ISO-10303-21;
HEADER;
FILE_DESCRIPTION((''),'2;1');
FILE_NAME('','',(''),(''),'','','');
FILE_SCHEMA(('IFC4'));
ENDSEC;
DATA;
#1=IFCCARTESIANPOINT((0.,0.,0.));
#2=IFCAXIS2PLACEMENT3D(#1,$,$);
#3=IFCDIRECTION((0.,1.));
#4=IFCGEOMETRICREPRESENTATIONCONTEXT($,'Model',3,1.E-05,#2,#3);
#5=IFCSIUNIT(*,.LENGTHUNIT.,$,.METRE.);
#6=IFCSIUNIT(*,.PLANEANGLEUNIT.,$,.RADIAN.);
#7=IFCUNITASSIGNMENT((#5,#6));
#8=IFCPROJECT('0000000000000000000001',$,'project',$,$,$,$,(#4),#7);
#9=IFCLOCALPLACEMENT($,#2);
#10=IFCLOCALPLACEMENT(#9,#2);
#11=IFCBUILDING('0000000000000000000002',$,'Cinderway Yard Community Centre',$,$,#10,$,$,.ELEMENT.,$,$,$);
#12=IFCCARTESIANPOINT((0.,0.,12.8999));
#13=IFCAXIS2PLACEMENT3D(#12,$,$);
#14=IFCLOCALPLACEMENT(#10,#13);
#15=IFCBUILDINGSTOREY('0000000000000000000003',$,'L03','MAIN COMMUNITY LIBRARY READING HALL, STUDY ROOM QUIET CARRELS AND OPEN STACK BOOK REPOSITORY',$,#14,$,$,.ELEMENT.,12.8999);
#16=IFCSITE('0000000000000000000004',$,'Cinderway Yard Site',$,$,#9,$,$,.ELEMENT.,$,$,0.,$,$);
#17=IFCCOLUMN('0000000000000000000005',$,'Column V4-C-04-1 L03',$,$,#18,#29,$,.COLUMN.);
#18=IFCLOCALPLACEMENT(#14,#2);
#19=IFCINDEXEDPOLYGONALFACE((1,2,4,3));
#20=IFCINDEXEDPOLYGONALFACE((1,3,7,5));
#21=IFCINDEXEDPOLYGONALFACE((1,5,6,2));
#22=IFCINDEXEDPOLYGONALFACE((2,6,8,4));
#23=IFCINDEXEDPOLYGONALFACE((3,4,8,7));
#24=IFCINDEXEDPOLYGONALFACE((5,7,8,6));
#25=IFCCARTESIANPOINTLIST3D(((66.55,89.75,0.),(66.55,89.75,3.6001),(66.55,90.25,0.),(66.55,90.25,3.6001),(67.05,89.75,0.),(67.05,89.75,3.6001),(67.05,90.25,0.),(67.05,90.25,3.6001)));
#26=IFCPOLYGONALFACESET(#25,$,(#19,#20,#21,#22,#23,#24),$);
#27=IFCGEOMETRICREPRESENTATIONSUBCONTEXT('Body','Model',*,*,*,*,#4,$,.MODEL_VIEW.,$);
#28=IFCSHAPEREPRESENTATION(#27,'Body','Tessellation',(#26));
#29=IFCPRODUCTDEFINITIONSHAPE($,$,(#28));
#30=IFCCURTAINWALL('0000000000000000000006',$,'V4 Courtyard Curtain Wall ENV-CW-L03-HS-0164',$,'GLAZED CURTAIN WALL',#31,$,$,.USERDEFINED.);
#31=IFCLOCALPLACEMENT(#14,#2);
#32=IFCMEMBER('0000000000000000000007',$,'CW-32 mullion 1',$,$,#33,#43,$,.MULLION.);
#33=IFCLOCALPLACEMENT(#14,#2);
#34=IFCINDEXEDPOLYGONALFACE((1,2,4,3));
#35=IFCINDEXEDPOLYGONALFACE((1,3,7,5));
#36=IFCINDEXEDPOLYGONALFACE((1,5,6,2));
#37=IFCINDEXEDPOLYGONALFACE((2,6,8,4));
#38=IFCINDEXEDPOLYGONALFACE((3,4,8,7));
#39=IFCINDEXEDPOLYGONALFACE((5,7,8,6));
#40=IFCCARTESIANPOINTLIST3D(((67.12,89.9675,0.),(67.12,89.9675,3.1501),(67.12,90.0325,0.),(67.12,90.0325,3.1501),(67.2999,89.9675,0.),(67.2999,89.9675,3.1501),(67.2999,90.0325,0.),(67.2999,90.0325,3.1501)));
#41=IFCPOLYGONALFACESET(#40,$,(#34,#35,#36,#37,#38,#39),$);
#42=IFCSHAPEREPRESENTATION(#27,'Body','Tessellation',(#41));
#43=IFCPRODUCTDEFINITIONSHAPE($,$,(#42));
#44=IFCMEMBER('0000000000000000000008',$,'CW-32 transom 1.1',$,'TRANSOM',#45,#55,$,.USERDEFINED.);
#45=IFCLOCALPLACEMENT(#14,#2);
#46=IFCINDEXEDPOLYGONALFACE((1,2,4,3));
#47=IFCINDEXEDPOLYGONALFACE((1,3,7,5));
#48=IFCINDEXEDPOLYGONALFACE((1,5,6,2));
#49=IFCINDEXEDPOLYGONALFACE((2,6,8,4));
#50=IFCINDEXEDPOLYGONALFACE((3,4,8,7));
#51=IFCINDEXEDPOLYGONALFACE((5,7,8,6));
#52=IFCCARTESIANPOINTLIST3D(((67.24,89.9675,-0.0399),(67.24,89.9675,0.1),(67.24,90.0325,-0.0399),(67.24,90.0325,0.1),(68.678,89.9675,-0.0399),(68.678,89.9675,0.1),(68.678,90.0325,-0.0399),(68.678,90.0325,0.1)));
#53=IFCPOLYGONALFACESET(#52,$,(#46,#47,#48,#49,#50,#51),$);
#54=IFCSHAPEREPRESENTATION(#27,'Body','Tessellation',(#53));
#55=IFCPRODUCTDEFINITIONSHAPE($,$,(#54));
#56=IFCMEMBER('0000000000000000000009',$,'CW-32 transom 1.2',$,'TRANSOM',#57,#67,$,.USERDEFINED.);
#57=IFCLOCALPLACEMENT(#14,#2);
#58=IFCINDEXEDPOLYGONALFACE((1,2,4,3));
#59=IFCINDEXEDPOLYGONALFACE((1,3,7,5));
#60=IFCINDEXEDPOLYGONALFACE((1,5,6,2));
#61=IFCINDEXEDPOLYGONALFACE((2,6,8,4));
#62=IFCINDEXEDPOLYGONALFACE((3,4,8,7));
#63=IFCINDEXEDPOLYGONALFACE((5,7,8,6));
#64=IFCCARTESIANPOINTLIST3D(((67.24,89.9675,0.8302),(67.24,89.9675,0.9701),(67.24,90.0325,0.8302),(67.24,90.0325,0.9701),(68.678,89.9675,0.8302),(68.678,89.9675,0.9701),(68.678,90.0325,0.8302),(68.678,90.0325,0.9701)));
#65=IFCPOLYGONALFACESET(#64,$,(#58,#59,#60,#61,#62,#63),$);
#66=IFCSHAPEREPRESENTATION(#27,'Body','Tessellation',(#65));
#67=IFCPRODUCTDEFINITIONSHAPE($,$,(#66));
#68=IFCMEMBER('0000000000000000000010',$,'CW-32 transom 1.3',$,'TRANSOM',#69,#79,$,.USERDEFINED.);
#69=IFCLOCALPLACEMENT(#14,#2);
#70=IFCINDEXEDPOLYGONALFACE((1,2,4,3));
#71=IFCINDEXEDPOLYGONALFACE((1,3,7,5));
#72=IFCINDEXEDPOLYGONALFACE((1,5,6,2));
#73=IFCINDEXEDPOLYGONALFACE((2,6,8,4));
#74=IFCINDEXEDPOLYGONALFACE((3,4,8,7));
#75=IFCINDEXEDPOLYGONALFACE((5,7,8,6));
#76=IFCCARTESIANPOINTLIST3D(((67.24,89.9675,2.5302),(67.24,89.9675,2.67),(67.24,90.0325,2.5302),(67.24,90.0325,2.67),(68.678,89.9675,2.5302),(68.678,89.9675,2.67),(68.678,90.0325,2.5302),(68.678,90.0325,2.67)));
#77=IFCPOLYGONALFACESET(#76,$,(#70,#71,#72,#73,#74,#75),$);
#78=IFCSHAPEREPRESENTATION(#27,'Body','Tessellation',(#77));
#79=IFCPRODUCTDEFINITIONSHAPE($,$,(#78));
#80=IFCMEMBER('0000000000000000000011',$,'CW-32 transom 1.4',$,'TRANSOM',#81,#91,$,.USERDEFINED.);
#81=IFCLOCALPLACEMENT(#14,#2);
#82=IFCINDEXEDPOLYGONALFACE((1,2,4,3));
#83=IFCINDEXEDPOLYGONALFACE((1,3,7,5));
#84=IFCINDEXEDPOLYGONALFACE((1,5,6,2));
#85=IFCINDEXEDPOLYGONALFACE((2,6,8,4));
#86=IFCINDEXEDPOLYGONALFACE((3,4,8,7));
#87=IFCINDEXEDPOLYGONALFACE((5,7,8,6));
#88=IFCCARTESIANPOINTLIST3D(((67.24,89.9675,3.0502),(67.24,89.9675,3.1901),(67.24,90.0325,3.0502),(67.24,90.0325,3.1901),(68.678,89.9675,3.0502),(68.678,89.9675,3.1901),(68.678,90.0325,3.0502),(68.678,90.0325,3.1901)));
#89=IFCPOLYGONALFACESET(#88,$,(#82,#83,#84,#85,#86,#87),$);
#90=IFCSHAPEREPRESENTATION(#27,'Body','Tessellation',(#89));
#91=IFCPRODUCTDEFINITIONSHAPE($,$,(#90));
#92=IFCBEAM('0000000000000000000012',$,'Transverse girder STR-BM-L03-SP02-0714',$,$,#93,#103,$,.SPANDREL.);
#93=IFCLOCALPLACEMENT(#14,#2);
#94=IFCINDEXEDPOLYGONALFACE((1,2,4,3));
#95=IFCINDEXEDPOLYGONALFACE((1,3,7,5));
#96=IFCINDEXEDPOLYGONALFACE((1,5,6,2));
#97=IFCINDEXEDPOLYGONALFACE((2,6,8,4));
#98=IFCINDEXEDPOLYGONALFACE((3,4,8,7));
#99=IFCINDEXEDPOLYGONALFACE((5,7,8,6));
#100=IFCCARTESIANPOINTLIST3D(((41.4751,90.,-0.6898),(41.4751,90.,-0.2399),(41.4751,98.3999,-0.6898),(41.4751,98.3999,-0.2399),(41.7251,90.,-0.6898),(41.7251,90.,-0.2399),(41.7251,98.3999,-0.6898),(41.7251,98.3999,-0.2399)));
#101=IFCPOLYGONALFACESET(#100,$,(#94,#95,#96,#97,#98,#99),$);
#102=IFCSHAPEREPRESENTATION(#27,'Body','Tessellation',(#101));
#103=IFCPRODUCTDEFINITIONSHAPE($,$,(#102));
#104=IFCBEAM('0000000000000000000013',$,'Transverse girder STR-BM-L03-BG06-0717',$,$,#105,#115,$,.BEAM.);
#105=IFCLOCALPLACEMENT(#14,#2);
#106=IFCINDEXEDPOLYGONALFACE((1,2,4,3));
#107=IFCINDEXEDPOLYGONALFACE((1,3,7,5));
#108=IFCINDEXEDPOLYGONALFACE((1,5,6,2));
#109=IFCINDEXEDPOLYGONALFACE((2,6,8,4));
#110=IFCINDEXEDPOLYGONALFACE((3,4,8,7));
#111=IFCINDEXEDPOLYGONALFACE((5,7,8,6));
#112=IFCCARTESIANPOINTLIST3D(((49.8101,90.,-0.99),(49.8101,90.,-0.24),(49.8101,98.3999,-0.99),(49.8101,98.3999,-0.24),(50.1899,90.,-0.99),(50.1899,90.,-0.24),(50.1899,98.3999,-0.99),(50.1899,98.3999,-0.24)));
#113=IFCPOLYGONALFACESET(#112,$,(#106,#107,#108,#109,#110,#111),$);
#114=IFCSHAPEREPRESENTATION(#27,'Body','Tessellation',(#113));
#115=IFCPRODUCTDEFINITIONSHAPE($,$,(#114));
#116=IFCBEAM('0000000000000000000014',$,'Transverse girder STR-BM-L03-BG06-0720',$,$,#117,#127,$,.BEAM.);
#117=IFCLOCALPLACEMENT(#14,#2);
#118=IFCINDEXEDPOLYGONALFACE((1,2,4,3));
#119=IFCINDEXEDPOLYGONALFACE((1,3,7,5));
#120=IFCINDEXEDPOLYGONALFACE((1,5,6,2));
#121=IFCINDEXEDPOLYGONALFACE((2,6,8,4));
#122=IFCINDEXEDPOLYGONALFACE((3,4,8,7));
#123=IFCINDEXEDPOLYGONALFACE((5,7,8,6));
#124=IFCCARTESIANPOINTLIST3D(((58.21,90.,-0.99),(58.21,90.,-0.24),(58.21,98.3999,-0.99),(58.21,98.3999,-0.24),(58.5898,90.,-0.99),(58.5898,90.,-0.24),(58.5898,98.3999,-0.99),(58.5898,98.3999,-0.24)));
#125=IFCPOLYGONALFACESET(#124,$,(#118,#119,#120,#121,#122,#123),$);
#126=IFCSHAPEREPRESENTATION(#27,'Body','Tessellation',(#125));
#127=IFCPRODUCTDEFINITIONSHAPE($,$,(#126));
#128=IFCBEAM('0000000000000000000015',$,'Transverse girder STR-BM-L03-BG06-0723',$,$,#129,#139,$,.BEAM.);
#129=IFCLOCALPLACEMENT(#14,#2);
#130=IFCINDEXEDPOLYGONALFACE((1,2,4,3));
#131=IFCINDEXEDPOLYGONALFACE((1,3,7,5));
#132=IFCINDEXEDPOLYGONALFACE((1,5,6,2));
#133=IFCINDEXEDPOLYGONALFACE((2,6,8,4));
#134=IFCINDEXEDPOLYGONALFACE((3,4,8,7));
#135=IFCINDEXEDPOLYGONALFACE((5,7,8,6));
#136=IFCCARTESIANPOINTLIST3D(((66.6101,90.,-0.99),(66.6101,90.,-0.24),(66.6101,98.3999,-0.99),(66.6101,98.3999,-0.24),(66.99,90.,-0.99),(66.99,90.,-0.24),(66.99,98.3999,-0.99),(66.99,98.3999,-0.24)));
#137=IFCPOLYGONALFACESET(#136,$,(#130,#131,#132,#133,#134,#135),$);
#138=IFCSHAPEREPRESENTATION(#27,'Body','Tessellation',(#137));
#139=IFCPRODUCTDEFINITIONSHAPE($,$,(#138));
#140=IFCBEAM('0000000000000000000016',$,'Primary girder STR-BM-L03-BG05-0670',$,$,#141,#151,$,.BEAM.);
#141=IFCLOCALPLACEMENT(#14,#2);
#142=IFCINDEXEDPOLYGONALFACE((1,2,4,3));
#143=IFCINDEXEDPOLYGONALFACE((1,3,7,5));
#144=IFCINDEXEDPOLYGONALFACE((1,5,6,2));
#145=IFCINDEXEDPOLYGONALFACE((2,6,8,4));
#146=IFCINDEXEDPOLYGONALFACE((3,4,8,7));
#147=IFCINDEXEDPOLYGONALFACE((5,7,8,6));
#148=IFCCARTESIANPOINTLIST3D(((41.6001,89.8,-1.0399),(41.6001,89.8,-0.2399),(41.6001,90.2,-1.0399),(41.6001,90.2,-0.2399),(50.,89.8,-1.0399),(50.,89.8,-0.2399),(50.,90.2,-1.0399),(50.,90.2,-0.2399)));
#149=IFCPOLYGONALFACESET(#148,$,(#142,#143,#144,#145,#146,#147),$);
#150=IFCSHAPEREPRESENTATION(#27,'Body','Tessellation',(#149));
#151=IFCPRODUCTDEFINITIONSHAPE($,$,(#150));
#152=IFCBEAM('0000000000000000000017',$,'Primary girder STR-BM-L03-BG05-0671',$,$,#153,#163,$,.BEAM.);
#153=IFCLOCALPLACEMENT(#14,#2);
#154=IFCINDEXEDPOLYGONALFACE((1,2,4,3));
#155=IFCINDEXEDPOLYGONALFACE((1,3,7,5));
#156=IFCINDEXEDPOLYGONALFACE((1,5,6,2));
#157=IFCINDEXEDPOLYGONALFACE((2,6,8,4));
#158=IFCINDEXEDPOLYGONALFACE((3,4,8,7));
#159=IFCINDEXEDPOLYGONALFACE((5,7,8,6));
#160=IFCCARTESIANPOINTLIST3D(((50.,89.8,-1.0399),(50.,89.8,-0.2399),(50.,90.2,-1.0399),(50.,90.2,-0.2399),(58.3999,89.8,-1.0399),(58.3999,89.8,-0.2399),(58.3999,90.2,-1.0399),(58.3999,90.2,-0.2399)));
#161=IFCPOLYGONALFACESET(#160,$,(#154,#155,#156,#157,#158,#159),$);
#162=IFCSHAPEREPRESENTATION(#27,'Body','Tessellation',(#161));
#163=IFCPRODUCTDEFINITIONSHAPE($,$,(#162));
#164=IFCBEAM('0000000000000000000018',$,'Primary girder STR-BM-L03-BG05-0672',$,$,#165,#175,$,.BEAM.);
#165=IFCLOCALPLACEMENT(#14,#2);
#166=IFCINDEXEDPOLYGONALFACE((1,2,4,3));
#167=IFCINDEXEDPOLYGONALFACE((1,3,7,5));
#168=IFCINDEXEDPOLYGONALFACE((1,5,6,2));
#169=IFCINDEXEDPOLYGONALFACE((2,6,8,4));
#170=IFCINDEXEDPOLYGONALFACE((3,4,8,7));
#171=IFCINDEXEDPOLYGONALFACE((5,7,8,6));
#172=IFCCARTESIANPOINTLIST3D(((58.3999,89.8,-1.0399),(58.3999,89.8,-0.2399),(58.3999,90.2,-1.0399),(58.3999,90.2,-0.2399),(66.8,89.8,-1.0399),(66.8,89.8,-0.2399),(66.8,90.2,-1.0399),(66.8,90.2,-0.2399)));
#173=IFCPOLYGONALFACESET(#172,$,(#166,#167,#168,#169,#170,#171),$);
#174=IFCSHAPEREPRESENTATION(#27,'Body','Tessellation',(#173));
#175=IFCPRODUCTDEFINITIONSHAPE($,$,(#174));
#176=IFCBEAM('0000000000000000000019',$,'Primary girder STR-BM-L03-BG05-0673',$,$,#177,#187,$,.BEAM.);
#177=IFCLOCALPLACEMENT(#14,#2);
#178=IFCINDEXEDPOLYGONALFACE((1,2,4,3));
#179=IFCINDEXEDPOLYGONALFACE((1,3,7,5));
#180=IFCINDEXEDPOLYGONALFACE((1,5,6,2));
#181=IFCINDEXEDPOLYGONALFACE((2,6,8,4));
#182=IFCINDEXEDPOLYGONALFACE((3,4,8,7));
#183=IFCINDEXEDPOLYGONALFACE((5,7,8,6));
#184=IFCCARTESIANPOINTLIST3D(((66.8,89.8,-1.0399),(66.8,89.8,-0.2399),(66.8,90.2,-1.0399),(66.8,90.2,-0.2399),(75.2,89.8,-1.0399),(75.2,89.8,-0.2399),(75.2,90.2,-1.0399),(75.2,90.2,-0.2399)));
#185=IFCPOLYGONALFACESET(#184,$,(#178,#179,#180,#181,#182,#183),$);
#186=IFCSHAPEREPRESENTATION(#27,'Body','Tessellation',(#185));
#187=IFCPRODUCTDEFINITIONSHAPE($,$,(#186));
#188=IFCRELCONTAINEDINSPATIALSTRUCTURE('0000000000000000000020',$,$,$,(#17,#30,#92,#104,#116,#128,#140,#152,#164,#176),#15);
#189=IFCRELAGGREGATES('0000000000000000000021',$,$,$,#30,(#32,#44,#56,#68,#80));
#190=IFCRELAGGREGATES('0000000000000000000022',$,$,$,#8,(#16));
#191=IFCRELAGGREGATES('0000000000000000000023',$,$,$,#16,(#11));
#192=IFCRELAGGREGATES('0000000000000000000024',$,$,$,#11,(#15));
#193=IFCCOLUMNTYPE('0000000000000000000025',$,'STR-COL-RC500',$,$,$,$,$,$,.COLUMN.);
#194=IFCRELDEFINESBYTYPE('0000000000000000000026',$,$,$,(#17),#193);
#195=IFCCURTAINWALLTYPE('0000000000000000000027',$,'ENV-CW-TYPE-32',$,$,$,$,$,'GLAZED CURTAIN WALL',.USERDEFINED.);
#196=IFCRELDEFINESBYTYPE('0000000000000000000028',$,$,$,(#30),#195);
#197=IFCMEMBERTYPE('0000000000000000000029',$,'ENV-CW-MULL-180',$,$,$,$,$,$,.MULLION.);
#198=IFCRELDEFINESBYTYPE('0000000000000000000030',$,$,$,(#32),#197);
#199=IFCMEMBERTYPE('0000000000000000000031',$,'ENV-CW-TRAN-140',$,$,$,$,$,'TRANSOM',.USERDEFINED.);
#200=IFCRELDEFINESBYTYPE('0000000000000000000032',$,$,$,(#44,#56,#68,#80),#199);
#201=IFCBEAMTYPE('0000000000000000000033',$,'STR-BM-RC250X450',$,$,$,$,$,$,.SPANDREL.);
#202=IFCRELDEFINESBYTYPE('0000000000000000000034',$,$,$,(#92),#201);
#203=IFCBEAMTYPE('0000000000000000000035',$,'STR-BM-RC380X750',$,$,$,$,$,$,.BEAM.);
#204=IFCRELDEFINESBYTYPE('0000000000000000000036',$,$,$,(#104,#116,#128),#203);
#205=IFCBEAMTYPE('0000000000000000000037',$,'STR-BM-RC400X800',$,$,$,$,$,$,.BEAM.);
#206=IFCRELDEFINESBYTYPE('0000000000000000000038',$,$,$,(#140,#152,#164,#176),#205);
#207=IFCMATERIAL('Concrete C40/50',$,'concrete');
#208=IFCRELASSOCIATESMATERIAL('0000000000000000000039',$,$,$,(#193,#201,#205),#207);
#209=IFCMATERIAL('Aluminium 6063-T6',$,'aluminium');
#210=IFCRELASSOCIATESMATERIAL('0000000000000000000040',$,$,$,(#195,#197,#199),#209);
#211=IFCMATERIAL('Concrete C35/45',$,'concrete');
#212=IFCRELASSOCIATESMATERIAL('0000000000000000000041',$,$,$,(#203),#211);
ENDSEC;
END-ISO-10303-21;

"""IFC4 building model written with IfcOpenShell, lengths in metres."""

from ifc_helpers import new_model, si_unit, direction, frame, origin, origin_2d, place, context, subcontext, project, spatial, rectangle, extrude, material, material_profile, profile_set, type_object, element, aggregate, save


model = new_model("IFC4")

# Units and contexts
model_context = context("Model", 3, precision=1e-05, world=origin(), true_north=direction((0.0, 1.0)))
body_context = subcontext(model_context, "Body", "Model", "MODEL_VIEW")
ifc_project = project(units=[si_unit("LENGTHUNIT", "METRE"), si_unit("PLANEANGLEUNIT", "RADIAN")], contexts=[model_context])

# Site, building, storey
site_placement = place(None, origin())
site = spatial("IfcSite", under=ifc_project, at=site_placement, Name="Cinderway Yard Site", CompositionType="ELEMENT", RefElevation=0.0)
building_placement = place(site_placement, origin())
building = spatial("IfcBuilding", under=site, at=building_placement, Name="Cinderway Yard Community Centre", CompositionType="ELEMENT")
storey_placement = place(building_placement, frame((0.0, 0.0, 12.8999)))
storey = spatial("IfcBuildingStorey", under=building, at=storey_placement, Name="L03", Description="MAIN COMMUNITY LIBRARY READING HALL, STUDY ROOM QUIET CARRELS AND OPEN STACK BOOK REPOSITORY", CompositionType="ELEMENT", Elevation=12.8999)

# Column
ifc_material_1 = material(Name="Concrete C40/50", Category="concrete")
ifc_material_profile_1 = material_profile(ifc_material_1, rectangle(XDim=0.5, YDim=0.5, at=origin_2d()), Name="Concrete C40/50")
ifc_profile_set_1 = profile_set([ifc_material_profile_1], Name="Concrete C40/50")
column_type = type_object("IfcColumnType", Name="STR-COL-RC500", PredefinedType="COLUMN", material=ifc_profile_set_1)
column_placement = place(storey_placement, frame((66.8, 90.0, 0.0), z_axis=(0.0, 0.0, 1.0), x_axis=(1.0, 0.0, 0.0)))
element("IfcColumn", 1, at=column_placement, inside=storey, type_object=column_type, Name="Column V4-C-04-1 L03", PredefinedType="COLUMN", context=body_context, shape_type="SweptSolid", body=[
    extrude(rectangle(XDim=0.5, YDim=0.5, at=origin_2d()), origin(), (0.0, 0.0, 1.0), 3.6001),
])

# Curtain wall, members
ifc_material_2 = material(Name="Aluminium 6063-T6", Category="aluminium")
curtain_wall_type = type_object("IfcCurtainWallType", Name="ENV-CW-TYPE-32", ElementType="GLAZED CURTAIN WALL", PredefinedType="USERDEFINED", material=ifc_material_2)
curtain_wall_placement = place(storey_placement, origin())
curtain_wall = element("IfcCurtainWall", 2, at=curtain_wall_placement, inside=storey, type_object=curtain_wall_type, Name="V4 Courtyard Curtain Wall ENV-CW-L03-HS-0164", ObjectType="GLAZED CURTAIN WALL", PredefinedType="USERDEFINED")
ifc_material_profile_2 = material_profile(ifc_material_2, rectangle(XDim=0.0649, YDim=0.1799, at=origin_2d()), Name="Aluminium 6063-T6")
ifc_profile_set_2 = profile_set([ifc_material_profile_2], Name="Aluminium 6063-T6")
member_type_1 = type_object("IfcMemberType", Name="ENV-CW-MULL-180", PredefinedType="MULLION", material=ifc_profile_set_2)
member_1_placement = place(storey_placement, frame((67.21, 90.0, 0.0), z_axis=(0.0, 0.0, 1.0), x_axis=(0.0, 1.0, 0.0)))
member_1 = element("IfcMember", 3, at=member_1_placement, type_object=member_type_1, Name="CW-32 mullion 1", PredefinedType="MULLION", context=body_context, shape_type="SweptSolid", body=[
    extrude(rectangle(XDim=0.0649, YDim=0.1799, at=origin_2d()), origin(), (0.0, 0.0, 1.0), 3.1501),
])
ifc_material_profile_3 = material_profile(ifc_material_2, rectangle(XDim=0.0649, YDim=0.1399, at=origin_2d()), Name="Aluminium 6063-T6")
ifc_profile_set_3 = profile_set([ifc_material_profile_3], Name="Aluminium 6063-T6")
member_type_2 = type_object("IfcMemberType", Name="ENV-CW-TRAN-140", ElementType="TRANSOM", PredefinedType="USERDEFINED", material=ifc_profile_set_3)
member_2_placement = place(storey_placement, frame((67.24, 90.0, 0.03), z_axis=(1.0, 0.0, 0.0), x_axis=(0.0, 1.0, 0.0)))
member_2 = element("IfcMember", 4, at=member_2_placement, type_object=member_type_2, Name="CW-32 transom 1.1", ObjectType="TRANSOM", PredefinedType="USERDEFINED", context=body_context, shape_type="SweptSolid", body=[
    extrude(rectangle(XDim=0.0649, YDim=0.1399, at=origin_2d()), origin(), (0.0, 0.0, 1.0), 1.438),
])
member_3_placement = place(storey_placement, frame((67.24, 90.0, 0.9001), z_axis=(1.0, 0.0, 0.0), x_axis=(0.0, 1.0, 0.0)))
member_3 = element("IfcMember", 5, at=member_3_placement, type_object=member_type_2, Name="CW-32 transom 1.2", ObjectType="TRANSOM", PredefinedType="USERDEFINED", context=body_context, shape_type="SweptSolid", body=[
    extrude(rectangle(XDim=0.0649, YDim=0.1399, at=origin_2d()), origin(), (0.0, 0.0, 1.0), 1.438),
])
member_4_placement = place(storey_placement, frame((67.24, 90.0, 2.6001), z_axis=(1.0, 0.0, 0.0), x_axis=(0.0, 1.0, 0.0)))
member_4 = element("IfcMember", 6, at=member_4_placement, type_object=member_type_2, Name="CW-32 transom 1.3", ObjectType="TRANSOM", PredefinedType="USERDEFINED", context=body_context, shape_type="SweptSolid", body=[
    extrude(rectangle(XDim=0.0649, YDim=0.1399, at=origin_2d()), origin(), (0.0, 0.0, 1.0), 1.438),
])
member_5_placement = place(storey_placement, frame((67.24, 90.0, 3.1201), z_axis=(1.0, 0.0, 0.0), x_axis=(0.0, 1.0, 0.0)))
member_5 = element("IfcMember", 7, at=member_5_placement, type_object=member_type_2, Name="CW-32 transom 1.4", ObjectType="TRANSOM", PredefinedType="USERDEFINED", context=body_context, shape_type="SweptSolid", body=[
    extrude(rectangle(XDim=0.0649, YDim=0.1399, at=origin_2d()), origin(), (0.0, 0.0, 1.0), 1.438),
])

# Beams
ifc_material_profile_4 = material_profile(ifc_material_1, rectangle(XDim=0.25, YDim=0.45, at=origin_2d()), Name="Concrete C40/50")
ifc_profile_set_4 = profile_set([ifc_material_profile_4], Name="Concrete C40/50")
beam_type_1 = type_object("IfcBeamType", Name="STR-BM-RC250X450", PredefinedType="SPANDREL", material=ifc_profile_set_4)
beam_1_placement = place(storey_placement, frame((41.6001, 90.0, -0.4648), z_axis=(0.0, 1.0, 0.0), x_axis=(-1.0, 0.0, 0.0)))
element("IfcBeam", 8, at=beam_1_placement, inside=storey, type_object=beam_type_1, Name="Transverse girder STR-BM-L03-SP02-0714", PredefinedType="SPANDREL", context=body_context, shape_type="SweptSolid", body=[
    extrude(rectangle(XDim=0.25, YDim=0.45, at=origin_2d()), origin(), (0.0, 0.0, 1.0), 8.3999),
])
ifc_material_3 = material(Name="Concrete C35/45", Category="concrete")
ifc_material_profile_5 = material_profile(ifc_material_3, rectangle(XDim=0.3799, YDim=0.75, at=origin_2d()), Name="Concrete C35/45")
ifc_profile_set_5 = profile_set([ifc_material_profile_5], Name="Concrete C35/45")
beam_type_2 = type_object("IfcBeamType", Name="STR-BM-RC380X750", PredefinedType="BEAM", material=ifc_profile_set_5)
for number, where, z_axis, x_axis, name in (
    (9, (50.0, 90.0, -0.615), (0.0, 1.0, 0.0), (-1.0, 0.0, 0.0), "Transverse girder STR-BM-L03-BG06-0717"),
    (10, (58.3999, 90.0, -0.615), (0.0, 1.0, 0.0), (-1.0, 0.0, 0.0), "Transverse girder STR-BM-L03-BG06-0720"),
    (11, (66.8, 90.0, -0.615), (0.0, 1.0, 0.0), (-1.0, 0.0, 0.0), "Transverse girder STR-BM-L03-BG06-0723"),
):
    element("IfcBeam", number, at=place(storey_placement, frame(where, z_axis=z_axis, x_axis=x_axis)), inside=storey, type_object=beam_type_2, Name=name, PredefinedType="BEAM", context=body_context, shape_type="SweptSolid", body=[
        extrude(rectangle(XDim=0.3799, YDim=0.75, at=origin_2d()), origin(), (0.0, 0.0, 1.0), 8.3999),
    ])
ifc_material_profile_6 = material_profile(ifc_material_1, rectangle(XDim=0.3999, YDim=0.8, at=origin_2d()), Name="Concrete C40/50")
ifc_profile_set_6 = profile_set([ifc_material_profile_6], Name="Concrete C40/50")
beam_type_3 = type_object("IfcBeamType", Name="STR-BM-RC400X800", PredefinedType="BEAM", material=ifc_profile_set_6)
for number, where, z_axis, x_axis, name in (
    (12, (41.6001, 90.0, -0.6399), (1.0, 0.0, 0.0), (0.0, 1.0, 0.0), "Primary girder STR-BM-L03-BG05-0670"),
    (13, (50.0, 90.0, -0.6399), (1.0, 0.0, 0.0), (0.0, 1.0, 0.0), "Primary girder STR-BM-L03-BG05-0671"),
):
    element("IfcBeam", number, at=place(storey_placement, frame(where, z_axis=z_axis, x_axis=x_axis)), inside=storey, type_object=beam_type_3, Name=name, PredefinedType="BEAM", context=body_context, shape_type="SweptSolid", body=[
        extrude(rectangle(XDim=0.3999, YDim=0.8, at=origin_2d()), origin(), (0.0, 0.0, 1.0), 8.3999),
    ])
beam_2_placement = place(storey_placement, frame((58.3999, 90.0, -0.6399), z_axis=(1.0, 0.0, 0.0), x_axis=(0.0, 1.0, 0.0)))
element("IfcBeam", 14, at=beam_2_placement, inside=storey, type_object=beam_type_3, Name="Primary girder STR-BM-L03-BG05-0672", PredefinedType="BEAM", context=body_context, shape_type="SweptSolid", body=[
    extrude(rectangle(XDim=0.3999, YDim=0.8, at=origin_2d()), origin(), (0.0, 0.0, 1.0), 8.4001),
])
beam_3_placement = place(storey_placement, frame((66.8, 90.0, -0.6399), z_axis=(1.0, 0.0, 0.0), x_axis=(0.0, 1.0, 0.0)))
element("IfcBeam", 15, at=beam_3_placement, inside=storey, type_object=beam_type_3, Name="Primary girder STR-BM-L03-BG05-0673", PredefinedType="BEAM", context=body_context, shape_type="SweptSolid", body=[
    extrude(rectangle(XDim=0.3999, YDim=0.8, at=origin_2d()), origin(), (0.0, 0.0, 1.0), 8.3999),
])

aggregate(curtain_wall, [member_1, member_2, member_3, member_4, member_5])

save(model, "model.ifc")
